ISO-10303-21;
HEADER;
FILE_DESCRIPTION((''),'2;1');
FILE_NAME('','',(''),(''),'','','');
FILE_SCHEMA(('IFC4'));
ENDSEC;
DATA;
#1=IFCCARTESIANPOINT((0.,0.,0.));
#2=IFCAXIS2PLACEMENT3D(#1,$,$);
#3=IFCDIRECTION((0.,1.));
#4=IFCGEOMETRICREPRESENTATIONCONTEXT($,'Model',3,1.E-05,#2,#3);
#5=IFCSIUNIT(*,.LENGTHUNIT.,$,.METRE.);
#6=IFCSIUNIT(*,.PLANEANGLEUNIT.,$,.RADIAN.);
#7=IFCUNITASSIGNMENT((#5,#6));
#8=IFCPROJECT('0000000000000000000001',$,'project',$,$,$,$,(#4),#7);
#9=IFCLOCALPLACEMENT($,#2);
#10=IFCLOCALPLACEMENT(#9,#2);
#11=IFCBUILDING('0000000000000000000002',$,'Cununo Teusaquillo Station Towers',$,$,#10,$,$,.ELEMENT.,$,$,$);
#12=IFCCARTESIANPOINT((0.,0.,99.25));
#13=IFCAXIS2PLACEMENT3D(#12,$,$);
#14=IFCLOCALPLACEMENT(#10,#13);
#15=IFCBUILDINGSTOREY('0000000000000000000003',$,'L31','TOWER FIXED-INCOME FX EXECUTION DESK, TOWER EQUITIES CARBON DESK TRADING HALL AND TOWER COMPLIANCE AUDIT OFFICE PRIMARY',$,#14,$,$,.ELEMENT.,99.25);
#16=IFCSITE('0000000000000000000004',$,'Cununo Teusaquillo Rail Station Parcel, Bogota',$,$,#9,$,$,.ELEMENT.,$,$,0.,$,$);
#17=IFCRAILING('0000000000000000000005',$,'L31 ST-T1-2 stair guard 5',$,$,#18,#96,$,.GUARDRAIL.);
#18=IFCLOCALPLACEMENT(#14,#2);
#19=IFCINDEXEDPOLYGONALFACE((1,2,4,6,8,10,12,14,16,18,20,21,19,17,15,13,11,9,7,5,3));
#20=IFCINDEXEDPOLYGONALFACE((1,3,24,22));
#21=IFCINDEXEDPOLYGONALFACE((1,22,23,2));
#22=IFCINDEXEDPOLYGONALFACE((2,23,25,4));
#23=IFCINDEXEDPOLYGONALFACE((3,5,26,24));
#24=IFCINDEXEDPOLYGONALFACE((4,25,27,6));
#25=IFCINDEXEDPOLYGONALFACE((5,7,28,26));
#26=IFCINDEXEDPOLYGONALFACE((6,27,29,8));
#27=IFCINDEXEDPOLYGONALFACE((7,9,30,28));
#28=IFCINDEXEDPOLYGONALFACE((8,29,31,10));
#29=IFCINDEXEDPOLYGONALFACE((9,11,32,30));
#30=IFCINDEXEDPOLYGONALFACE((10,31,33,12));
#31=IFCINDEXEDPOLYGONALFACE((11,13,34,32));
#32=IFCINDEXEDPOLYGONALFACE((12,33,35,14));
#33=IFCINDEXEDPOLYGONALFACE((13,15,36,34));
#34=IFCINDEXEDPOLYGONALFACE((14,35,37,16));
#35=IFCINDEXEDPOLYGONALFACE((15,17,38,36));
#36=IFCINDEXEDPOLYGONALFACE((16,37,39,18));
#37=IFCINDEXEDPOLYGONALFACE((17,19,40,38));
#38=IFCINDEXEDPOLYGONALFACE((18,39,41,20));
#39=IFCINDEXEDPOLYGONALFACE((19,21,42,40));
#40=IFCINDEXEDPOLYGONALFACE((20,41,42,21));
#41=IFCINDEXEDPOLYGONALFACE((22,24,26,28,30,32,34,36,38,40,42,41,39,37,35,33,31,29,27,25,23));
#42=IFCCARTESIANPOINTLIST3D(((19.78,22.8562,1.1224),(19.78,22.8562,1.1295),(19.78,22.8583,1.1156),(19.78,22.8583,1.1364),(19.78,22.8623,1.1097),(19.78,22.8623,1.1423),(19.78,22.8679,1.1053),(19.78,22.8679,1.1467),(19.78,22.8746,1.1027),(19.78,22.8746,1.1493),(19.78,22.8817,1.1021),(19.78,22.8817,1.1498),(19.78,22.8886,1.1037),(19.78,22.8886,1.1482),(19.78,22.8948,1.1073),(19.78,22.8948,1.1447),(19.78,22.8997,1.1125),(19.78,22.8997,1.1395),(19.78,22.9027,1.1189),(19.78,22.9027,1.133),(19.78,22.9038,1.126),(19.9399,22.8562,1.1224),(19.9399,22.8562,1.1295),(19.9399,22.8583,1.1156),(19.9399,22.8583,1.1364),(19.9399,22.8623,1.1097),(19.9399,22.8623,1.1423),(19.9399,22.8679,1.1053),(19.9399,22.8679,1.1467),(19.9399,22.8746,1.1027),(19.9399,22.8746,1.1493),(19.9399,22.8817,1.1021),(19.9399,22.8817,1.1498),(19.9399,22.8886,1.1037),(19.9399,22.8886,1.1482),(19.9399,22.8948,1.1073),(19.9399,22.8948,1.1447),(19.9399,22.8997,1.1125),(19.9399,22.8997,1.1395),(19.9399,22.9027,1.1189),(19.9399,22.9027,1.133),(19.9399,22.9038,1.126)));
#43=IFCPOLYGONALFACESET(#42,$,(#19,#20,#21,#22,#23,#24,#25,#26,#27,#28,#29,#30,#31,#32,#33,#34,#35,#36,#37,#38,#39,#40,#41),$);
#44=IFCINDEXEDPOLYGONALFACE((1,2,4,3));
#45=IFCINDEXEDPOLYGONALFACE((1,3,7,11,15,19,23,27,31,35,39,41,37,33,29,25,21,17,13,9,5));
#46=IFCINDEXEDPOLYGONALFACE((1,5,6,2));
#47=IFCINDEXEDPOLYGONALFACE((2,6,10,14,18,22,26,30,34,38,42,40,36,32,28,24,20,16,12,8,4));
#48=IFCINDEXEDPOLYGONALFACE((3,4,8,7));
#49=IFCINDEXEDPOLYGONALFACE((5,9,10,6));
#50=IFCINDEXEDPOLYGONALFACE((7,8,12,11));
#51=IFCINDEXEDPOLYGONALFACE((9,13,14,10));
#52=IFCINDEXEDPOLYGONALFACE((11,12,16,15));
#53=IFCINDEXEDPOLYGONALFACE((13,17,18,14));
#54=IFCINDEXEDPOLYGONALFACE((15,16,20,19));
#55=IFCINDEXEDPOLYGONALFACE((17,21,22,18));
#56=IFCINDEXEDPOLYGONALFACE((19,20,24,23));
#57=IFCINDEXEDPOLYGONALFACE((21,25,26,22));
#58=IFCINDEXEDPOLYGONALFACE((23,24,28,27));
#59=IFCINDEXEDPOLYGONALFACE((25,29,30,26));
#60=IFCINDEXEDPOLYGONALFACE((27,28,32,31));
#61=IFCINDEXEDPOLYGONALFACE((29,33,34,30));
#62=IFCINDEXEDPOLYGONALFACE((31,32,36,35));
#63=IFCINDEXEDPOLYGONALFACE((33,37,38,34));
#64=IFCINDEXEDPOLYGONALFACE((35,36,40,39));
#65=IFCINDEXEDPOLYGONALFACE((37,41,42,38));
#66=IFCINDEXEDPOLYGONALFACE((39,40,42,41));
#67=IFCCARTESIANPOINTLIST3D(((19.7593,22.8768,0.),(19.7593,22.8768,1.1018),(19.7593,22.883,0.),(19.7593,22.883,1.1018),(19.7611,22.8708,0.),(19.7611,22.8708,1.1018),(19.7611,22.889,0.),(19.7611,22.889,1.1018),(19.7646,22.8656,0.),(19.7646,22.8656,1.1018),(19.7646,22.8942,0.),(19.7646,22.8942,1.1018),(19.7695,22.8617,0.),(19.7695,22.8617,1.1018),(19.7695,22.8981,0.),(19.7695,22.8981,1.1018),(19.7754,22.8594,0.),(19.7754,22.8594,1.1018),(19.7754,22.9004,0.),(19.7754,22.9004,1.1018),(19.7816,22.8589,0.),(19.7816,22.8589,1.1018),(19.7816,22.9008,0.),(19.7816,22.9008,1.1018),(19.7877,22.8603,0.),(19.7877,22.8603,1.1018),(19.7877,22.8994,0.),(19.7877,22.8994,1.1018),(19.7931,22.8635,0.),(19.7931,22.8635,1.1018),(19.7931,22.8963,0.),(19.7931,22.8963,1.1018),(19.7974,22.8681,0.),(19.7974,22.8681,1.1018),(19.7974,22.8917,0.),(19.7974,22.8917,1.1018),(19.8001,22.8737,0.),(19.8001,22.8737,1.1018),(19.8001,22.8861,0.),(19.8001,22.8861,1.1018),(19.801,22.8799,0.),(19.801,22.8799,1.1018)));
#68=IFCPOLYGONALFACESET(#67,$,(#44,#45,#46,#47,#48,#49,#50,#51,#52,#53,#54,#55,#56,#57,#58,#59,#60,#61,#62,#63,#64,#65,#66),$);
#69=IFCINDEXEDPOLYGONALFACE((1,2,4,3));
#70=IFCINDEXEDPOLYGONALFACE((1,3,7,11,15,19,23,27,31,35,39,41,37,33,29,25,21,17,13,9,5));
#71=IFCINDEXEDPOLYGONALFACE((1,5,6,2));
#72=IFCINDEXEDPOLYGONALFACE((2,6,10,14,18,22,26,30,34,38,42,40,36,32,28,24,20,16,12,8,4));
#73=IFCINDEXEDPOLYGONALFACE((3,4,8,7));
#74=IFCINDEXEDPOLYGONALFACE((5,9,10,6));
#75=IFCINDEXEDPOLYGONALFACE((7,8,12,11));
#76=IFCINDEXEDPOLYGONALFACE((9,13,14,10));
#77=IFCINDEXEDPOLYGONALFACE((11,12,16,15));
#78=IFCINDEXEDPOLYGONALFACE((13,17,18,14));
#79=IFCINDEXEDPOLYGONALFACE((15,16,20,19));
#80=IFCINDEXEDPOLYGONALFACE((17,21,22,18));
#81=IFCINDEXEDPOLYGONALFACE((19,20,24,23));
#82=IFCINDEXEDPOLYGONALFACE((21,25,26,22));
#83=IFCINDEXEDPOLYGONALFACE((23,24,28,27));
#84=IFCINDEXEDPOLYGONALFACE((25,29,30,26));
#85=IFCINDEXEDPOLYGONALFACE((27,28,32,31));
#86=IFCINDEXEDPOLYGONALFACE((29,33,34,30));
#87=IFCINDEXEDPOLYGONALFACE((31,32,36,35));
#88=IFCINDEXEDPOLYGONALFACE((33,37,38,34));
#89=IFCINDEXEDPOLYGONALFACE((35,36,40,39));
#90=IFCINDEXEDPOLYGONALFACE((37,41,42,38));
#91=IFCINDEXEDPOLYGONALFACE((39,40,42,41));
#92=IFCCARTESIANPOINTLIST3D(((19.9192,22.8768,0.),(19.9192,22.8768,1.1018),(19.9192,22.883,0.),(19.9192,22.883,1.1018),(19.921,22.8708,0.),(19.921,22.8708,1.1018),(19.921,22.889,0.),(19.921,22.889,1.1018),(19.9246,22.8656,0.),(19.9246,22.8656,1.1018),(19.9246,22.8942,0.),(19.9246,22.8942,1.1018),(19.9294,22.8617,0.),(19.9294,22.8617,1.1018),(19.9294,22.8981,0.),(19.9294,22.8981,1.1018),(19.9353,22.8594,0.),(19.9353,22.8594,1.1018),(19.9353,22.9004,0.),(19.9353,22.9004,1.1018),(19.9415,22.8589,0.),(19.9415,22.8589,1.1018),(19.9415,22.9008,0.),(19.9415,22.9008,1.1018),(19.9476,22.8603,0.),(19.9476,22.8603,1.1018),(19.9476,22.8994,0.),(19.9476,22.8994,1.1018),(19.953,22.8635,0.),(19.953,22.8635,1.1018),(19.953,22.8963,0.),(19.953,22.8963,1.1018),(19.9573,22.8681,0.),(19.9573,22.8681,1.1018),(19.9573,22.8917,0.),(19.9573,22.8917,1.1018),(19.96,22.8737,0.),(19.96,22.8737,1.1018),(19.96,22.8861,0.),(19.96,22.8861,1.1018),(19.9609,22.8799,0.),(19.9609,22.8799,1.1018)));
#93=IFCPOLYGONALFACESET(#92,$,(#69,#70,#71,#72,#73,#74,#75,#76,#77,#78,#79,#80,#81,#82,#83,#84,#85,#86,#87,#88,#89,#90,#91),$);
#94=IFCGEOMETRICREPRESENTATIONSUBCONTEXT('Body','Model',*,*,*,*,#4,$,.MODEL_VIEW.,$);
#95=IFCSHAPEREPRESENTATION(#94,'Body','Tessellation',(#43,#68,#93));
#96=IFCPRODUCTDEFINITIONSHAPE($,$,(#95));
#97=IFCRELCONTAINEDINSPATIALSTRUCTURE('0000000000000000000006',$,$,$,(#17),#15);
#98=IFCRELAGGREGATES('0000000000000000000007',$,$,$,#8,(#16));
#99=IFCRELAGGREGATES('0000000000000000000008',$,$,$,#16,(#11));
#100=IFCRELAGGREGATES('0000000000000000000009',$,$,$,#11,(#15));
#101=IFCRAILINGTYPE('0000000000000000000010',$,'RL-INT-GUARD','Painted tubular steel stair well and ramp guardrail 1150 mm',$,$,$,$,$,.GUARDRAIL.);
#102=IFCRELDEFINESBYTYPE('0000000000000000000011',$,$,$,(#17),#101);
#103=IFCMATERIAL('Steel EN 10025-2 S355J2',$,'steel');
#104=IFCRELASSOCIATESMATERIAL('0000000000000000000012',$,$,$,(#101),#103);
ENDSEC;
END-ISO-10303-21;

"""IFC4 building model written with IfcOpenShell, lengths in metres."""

from ifc_helpers import new_model, si_unit, direction, frame, origin, origin_2d, place, context, subcontext, project, spatial, circle, extrude, material, type_object, element, save


model = new_model("IFC4")

# Units and contexts
model_context = context("Model", 3, precision=1e-05, world=origin(), true_north=direction((0.0, 1.0)))
body_context = subcontext(model_context, "Body", "Model", "MODEL_VIEW")
ifc_project = project(units=[si_unit("LENGTHUNIT", "METRE"), si_unit("PLANEANGLEUNIT", "RADIAN")], contexts=[model_context])

# Site, building, storey
site_placement = place(None, origin())
site = spatial("IfcSite", under=ifc_project, at=site_placement, Name="Cununo Teusaquillo Rail Station Parcel, Bogota", CompositionType="ELEMENT", RefElevation=0.0)
building_placement = place(site_placement, origin())
building = spatial("IfcBuilding", under=site, at=building_placement, Name="Cununo Teusaquillo Station Towers", CompositionType="ELEMENT")
storey_placement = place(building_placement, frame((0.0, 0.0, 99.25)))
storey = spatial("IfcBuildingStorey", under=building, at=storey_placement, Name="L31", Description="TOWER FIXED-INCOME FX EXECUTION DESK, TOWER EQUITIES CARBON DESK TRADING HALL AND TOWER COMPLIANCE AUDIT OFFICE PRIMARY", CompositionType="ELEMENT", Elevation=99.25)

# Railing
ifc_material_1 = material(Name="Steel EN 10025-2 S355J2", Category="steel")
railing_type_1 = type_object("IfcRailingType", Name="RL-INT-GUARD", Description="Painted tubular steel stair well and ramp guardrail 1150 mm", PredefinedType="GUARDRAIL", material=ifc_material_1)
railing_1_placement = place(storey_placement, frame((19.78, 22.8799, 0.0)))
element("IfcRailing", 1, at=railing_1_placement, inside=storey, type_object=railing_type_1, Name="L31 ST-T1-2 stair guard 5", PredefinedType="GUARDRAIL", context=body_context, shape_type="SweptSolid", body=[
    extrude(circle(Radius=0.0239, at=origin_2d()), frame((0.0, 0.0, 1.126), z_axis=(1.0, 0.0, 0.0), x_axis=(0.0, 1.0, 0.0)), (0.0, 0.0, 1.0), 0.1599),
    extrude(circle(Radius=0.021, at=origin_2d()), origin(), (0.0, 0.0, 1.0), 1.1018),
    extrude(circle(Radius=0.021, at=origin_2d()), frame((0.1599, 0.0, 0.0)), (0.0, 0.0, 1.0), 1.1018),
])

save(model, "model.ifc")
